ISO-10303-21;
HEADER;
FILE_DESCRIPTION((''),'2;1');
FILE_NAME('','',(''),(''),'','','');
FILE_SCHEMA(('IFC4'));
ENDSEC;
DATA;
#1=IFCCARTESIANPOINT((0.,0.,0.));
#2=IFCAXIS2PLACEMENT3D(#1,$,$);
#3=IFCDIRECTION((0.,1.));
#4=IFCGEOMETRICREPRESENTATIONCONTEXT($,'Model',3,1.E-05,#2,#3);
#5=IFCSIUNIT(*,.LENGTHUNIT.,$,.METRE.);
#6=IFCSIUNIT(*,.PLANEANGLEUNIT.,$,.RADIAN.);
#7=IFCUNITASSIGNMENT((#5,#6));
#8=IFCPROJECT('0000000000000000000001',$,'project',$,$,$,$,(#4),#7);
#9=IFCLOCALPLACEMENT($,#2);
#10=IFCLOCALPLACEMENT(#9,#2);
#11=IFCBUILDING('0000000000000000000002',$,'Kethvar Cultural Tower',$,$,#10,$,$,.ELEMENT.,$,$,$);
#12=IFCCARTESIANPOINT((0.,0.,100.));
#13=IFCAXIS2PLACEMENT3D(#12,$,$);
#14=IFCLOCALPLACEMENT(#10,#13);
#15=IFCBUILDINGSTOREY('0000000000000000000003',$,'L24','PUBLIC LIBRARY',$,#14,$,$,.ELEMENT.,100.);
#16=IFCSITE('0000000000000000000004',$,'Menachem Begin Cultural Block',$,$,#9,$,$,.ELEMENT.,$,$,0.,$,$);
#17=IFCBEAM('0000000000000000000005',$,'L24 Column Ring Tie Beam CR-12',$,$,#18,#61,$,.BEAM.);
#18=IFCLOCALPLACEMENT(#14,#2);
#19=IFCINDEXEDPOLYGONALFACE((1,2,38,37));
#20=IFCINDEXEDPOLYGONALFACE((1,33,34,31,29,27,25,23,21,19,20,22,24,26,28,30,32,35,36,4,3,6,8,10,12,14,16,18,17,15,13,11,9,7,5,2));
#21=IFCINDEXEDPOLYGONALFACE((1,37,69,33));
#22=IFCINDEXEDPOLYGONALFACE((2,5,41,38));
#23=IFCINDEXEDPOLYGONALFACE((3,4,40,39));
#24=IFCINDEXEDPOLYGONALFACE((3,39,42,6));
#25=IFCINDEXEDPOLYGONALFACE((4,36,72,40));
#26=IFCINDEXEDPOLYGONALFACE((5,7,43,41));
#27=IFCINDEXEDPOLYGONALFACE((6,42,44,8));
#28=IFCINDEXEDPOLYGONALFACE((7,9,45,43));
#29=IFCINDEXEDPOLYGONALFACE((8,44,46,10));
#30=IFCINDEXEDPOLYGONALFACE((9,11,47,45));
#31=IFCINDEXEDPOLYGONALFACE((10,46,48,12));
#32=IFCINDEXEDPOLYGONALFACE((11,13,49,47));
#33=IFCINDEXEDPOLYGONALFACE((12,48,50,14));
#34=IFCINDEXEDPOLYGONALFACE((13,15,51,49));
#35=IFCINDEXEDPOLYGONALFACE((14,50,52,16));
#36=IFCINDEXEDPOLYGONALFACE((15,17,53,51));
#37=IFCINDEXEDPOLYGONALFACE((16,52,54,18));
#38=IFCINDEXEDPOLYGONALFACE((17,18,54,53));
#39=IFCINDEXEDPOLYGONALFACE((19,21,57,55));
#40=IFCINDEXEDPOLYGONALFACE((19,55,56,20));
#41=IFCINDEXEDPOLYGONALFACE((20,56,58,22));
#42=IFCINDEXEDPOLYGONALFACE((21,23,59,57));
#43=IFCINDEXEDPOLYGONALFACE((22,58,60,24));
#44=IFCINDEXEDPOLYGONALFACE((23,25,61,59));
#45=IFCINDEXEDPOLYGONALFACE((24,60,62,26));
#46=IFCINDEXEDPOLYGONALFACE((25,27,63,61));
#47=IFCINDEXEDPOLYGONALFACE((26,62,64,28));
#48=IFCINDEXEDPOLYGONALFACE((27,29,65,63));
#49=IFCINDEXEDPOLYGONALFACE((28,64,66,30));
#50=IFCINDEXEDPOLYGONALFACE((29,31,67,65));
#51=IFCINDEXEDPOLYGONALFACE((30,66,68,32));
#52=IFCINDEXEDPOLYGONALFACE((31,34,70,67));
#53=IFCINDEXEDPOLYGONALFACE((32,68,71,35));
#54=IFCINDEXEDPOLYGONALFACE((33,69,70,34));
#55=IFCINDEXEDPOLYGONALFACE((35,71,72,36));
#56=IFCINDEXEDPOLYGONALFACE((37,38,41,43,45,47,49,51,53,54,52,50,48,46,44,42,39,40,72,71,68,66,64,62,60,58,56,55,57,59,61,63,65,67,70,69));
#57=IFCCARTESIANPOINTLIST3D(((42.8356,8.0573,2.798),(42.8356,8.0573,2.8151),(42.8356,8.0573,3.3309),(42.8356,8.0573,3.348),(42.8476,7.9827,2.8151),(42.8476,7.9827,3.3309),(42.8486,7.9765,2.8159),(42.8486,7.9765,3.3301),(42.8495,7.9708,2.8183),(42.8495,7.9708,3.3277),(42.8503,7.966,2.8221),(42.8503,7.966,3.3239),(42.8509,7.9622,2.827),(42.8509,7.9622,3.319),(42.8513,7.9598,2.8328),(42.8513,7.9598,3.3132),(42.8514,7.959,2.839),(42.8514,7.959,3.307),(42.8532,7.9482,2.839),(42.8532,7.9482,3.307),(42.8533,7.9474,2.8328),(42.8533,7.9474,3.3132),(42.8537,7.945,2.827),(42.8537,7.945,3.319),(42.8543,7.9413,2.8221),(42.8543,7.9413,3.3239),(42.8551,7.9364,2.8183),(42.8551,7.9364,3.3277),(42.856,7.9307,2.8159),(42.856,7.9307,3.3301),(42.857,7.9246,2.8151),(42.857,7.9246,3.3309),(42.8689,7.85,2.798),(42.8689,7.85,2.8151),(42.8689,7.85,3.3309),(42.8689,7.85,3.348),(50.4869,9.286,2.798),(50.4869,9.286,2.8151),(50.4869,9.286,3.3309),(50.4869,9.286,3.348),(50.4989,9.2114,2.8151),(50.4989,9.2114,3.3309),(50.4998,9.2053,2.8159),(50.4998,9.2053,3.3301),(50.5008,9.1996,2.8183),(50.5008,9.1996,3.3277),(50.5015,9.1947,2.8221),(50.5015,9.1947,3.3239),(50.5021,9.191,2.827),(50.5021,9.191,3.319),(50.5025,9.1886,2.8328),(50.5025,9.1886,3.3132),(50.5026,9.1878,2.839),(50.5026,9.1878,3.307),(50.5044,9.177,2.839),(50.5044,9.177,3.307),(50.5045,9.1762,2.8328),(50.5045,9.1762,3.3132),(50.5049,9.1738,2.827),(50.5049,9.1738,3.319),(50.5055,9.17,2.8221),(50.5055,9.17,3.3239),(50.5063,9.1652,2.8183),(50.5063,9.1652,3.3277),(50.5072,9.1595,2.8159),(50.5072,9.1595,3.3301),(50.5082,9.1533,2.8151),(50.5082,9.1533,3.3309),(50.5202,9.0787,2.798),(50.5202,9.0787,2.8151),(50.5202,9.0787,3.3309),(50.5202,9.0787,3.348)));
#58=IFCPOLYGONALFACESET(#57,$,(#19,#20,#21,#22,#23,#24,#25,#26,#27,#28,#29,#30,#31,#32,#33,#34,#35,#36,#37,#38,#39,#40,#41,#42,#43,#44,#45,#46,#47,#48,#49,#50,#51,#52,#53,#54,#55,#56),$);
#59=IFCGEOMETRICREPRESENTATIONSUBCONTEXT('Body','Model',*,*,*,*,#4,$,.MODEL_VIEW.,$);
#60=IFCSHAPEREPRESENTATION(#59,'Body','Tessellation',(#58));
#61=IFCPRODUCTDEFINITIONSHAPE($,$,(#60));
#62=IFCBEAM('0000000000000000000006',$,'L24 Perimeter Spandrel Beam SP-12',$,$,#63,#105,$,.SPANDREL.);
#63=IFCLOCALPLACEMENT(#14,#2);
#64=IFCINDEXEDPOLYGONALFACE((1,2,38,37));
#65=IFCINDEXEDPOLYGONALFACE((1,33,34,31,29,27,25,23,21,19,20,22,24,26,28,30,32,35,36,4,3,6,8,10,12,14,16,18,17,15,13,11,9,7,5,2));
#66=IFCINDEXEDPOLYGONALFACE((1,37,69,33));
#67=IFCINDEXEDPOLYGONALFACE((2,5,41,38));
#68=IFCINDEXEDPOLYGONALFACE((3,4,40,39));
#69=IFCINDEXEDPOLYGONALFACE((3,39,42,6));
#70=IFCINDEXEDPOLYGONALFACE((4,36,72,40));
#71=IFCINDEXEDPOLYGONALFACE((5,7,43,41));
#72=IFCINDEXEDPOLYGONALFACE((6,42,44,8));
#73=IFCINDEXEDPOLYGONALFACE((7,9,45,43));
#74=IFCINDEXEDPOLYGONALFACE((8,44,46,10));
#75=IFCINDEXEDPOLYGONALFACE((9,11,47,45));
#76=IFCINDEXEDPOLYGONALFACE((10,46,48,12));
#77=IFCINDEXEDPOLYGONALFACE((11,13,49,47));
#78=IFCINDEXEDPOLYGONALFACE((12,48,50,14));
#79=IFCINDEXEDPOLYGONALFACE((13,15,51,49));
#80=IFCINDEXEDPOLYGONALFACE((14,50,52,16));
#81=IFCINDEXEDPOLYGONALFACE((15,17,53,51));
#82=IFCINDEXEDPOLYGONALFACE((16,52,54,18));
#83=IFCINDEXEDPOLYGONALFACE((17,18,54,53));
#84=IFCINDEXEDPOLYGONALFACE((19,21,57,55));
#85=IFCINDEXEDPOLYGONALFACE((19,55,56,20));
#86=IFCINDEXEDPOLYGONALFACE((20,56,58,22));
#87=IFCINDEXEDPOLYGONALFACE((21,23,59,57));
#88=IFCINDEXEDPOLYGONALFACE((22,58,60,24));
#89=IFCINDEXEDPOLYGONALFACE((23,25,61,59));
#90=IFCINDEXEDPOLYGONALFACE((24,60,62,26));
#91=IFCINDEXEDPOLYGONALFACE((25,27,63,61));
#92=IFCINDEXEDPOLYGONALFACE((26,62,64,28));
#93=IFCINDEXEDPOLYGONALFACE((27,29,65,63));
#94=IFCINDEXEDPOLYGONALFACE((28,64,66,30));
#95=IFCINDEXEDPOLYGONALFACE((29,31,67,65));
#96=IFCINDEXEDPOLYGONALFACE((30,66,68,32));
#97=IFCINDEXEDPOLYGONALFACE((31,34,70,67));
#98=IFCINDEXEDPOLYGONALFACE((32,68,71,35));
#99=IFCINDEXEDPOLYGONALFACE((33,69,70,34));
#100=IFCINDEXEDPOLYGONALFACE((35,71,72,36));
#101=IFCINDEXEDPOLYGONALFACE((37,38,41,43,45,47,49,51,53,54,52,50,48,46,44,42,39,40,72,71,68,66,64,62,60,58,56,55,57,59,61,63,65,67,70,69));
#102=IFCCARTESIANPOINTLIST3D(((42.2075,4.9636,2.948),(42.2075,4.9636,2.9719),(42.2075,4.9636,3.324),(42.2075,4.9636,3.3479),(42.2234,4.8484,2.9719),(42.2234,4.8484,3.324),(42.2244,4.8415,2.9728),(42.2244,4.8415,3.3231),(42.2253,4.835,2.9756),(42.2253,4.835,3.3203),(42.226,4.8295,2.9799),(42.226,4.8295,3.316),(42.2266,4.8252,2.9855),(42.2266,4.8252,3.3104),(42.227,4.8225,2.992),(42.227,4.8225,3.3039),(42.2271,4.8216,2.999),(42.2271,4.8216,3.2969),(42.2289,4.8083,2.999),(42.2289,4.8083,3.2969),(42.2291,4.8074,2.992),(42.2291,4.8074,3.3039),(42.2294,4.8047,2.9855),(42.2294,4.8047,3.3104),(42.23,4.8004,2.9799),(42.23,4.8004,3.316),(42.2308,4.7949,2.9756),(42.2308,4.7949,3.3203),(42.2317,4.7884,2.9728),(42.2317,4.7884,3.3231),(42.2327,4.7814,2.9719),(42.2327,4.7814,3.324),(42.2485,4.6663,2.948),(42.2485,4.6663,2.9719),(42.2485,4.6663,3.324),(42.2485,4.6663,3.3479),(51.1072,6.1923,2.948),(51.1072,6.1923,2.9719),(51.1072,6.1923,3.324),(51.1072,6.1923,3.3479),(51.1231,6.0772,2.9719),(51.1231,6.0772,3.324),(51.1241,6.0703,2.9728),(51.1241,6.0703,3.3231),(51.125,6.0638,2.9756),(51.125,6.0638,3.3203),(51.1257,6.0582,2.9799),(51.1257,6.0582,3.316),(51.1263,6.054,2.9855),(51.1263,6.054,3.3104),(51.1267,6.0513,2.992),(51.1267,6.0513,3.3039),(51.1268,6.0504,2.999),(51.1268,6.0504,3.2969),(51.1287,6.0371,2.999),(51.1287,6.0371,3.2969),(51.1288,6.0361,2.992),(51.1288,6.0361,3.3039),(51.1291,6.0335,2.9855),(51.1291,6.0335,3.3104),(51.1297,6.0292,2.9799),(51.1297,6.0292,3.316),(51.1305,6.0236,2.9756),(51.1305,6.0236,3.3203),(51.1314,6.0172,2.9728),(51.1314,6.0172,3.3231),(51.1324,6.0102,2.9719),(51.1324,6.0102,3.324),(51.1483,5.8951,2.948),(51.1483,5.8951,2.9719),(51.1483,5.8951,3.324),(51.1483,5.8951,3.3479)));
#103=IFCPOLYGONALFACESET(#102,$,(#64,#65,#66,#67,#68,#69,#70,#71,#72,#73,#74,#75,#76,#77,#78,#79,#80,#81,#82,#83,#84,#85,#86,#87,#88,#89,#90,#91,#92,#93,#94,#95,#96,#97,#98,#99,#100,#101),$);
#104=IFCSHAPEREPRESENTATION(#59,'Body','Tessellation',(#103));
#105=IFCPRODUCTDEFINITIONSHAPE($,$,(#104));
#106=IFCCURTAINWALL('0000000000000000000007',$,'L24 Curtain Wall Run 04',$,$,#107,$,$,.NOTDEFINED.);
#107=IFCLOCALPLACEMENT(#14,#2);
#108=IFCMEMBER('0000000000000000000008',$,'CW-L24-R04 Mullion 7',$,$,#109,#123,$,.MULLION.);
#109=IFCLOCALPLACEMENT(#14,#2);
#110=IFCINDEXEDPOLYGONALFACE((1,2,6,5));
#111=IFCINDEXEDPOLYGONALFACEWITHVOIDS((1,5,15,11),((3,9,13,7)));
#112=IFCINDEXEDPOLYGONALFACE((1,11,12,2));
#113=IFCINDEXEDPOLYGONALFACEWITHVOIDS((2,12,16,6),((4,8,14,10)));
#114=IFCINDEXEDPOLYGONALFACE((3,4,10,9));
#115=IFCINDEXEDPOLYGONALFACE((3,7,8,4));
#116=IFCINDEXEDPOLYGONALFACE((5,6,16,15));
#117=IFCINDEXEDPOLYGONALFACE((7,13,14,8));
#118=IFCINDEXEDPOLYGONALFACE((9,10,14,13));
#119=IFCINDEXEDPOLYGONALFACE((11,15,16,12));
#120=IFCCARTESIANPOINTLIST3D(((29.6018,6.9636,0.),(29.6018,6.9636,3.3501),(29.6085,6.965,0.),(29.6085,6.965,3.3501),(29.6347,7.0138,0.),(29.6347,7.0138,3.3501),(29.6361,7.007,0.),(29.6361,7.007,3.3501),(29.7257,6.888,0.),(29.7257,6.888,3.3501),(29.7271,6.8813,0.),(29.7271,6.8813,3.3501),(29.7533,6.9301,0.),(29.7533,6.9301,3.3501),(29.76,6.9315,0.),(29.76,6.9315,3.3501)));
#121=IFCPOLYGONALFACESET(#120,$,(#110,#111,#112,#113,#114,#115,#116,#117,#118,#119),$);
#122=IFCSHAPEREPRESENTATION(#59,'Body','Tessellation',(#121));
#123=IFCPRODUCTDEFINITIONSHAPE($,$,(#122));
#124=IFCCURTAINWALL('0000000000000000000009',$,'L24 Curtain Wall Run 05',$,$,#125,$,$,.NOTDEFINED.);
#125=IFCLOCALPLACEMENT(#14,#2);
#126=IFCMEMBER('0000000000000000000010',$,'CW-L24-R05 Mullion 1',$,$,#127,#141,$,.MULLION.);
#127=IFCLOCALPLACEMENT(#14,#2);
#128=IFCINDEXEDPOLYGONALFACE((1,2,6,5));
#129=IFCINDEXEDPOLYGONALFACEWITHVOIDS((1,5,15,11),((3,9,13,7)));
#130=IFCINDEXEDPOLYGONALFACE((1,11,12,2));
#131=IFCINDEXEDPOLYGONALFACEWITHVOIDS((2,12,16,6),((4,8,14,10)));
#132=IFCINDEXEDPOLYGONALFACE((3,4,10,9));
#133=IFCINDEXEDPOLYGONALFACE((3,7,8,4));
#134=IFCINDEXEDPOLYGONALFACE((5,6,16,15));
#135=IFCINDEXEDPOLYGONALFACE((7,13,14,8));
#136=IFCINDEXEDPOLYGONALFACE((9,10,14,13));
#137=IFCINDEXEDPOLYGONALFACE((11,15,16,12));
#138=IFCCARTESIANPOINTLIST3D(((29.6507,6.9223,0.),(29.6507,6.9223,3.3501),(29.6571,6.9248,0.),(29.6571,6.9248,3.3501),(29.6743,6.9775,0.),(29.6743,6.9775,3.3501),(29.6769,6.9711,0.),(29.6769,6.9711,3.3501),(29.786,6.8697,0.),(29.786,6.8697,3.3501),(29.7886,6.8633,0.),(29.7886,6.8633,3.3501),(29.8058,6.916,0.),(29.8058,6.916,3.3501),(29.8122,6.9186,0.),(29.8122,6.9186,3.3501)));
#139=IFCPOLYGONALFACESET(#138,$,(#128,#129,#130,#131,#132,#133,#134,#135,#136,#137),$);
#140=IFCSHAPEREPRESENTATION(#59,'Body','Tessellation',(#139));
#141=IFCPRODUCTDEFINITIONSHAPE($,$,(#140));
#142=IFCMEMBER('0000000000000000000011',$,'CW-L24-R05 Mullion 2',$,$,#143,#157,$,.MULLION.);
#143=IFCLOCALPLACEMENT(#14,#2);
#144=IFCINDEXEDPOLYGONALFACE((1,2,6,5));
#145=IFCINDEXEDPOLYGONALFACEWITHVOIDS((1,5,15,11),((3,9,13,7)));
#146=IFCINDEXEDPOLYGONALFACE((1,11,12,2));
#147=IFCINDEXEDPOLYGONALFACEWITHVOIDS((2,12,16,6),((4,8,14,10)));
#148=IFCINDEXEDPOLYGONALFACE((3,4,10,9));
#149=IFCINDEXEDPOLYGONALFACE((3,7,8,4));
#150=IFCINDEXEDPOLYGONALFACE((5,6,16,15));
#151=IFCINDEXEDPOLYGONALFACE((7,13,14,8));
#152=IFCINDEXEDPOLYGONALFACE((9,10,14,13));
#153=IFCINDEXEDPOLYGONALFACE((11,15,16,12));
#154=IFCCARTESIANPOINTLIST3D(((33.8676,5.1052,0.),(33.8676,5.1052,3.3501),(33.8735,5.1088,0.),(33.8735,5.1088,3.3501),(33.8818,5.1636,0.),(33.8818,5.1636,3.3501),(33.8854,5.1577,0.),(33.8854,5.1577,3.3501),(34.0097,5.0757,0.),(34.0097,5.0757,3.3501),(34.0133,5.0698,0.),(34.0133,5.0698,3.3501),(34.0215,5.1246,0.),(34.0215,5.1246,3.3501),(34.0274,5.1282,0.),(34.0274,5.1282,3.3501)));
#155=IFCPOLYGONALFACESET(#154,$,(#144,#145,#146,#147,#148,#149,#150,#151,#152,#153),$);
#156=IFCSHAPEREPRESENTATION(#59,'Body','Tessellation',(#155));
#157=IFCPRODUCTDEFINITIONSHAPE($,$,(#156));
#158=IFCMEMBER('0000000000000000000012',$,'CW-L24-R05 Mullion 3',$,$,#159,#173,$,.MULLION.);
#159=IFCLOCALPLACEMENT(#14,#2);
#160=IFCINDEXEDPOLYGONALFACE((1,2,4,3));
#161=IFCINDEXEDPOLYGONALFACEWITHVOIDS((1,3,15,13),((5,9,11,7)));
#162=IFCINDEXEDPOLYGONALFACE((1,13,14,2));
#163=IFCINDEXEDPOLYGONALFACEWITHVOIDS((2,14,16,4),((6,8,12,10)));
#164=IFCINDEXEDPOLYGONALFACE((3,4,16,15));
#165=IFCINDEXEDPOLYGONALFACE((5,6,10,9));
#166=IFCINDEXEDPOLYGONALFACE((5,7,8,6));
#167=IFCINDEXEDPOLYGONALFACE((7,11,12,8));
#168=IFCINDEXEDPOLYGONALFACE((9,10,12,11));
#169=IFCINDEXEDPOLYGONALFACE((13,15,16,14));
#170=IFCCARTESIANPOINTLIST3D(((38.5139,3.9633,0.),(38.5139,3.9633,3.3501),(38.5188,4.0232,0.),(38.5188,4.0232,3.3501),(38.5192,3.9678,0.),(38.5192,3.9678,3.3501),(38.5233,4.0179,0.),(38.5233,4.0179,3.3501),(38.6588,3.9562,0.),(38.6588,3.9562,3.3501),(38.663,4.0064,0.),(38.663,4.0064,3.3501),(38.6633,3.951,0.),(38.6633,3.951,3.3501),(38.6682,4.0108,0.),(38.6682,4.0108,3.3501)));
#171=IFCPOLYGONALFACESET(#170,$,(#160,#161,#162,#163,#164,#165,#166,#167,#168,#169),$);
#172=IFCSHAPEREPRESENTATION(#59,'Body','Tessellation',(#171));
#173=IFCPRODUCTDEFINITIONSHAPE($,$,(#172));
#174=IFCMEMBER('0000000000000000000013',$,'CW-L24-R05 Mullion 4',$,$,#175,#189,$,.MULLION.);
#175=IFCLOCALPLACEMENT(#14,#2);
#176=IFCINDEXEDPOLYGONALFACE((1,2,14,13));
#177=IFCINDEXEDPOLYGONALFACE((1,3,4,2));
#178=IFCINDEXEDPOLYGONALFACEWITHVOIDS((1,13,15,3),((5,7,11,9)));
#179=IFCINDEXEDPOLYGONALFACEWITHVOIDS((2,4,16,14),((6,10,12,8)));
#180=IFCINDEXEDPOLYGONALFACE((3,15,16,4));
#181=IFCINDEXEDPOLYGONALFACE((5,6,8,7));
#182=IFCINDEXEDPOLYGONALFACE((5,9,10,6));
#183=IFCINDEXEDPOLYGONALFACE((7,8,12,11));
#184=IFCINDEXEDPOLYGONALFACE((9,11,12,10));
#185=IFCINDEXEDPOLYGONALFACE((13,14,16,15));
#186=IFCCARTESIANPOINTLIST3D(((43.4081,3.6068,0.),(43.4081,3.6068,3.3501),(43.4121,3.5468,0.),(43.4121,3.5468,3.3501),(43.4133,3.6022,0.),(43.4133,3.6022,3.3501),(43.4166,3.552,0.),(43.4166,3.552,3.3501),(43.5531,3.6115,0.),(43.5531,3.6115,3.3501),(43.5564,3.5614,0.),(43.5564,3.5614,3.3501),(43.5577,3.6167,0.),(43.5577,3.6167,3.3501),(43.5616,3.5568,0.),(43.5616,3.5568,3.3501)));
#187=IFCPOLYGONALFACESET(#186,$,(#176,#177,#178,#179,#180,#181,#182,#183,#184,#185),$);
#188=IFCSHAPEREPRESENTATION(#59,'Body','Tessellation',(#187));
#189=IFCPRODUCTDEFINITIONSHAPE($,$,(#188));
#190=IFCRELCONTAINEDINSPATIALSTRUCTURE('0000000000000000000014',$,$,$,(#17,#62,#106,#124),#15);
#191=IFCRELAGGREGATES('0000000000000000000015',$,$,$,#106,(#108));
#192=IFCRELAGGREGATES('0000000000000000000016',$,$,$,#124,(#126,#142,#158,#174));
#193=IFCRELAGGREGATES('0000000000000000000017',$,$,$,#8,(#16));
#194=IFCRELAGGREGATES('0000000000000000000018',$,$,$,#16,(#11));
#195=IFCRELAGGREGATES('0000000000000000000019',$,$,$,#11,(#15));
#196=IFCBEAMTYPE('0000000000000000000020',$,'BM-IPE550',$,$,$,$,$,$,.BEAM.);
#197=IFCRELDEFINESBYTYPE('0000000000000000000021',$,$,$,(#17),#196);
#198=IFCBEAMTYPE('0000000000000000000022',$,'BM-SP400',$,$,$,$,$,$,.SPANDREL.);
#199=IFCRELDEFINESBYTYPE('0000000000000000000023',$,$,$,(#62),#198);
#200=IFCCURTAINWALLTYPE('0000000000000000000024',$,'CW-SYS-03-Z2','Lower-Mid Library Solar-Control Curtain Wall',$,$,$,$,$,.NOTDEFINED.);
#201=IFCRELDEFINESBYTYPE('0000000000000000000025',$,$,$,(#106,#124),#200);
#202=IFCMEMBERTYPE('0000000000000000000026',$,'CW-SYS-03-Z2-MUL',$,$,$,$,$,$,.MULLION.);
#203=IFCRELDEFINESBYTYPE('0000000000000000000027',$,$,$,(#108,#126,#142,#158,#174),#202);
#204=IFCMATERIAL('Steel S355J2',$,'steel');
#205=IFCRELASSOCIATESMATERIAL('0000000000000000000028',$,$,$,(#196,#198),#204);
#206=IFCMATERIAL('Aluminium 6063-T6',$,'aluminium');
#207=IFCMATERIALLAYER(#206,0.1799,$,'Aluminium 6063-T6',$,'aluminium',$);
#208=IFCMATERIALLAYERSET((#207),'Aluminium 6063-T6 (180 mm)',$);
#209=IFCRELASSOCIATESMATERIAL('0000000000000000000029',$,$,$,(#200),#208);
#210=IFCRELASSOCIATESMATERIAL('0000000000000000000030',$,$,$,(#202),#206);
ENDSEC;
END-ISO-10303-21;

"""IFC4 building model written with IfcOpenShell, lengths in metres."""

from ifc_helpers import new_model, si_unit, direction, frame, origin, origin_2d, place, context, subcontext, project, spatial, hollow_rectangle, i_section, extrude, source, transform, mapped, material, layer, layer_set, material_profile, profile_set, type_object, element, aggregate, save


model = new_model("IFC4")

# Units and contexts
model_context = context("Model", 3, precision=1e-05, world=origin(), true_north=direction((0.0, 1.0)))
body_context = subcontext(model_context, "Body", "Model", "MODEL_VIEW")
ifc_project = project(units=[si_unit("LENGTHUNIT", "METRE"), si_unit("PLANEANGLEUNIT", "RADIAN")], contexts=[model_context])

# Site, building, storey
site_placement = place(None, origin())
site = spatial("IfcSite", under=ifc_project, at=site_placement, Name="Menachem Begin Cultural Block", CompositionType="ELEMENT", RefElevation=0.0)
building_placement = place(site_placement, origin())
building = spatial("IfcBuilding", under=site, at=building_placement, Name="Kethvar Cultural Tower", CompositionType="ELEMENT")
storey_placement = place(building_placement, frame((0.0, 0.0, 100.0)))
storey = spatial("IfcBuildingStorey", under=building, at=storey_placement, Name="L24", Description="PUBLIC LIBRARY", CompositionType="ELEMENT", Elevation=100.0)

# Beams
ifc_material_1 = material(Name="Steel S355J2", Category="steel")
ifc_material_profile_1 = material_profile(ifc_material_1, i_section(OverallWidth=0.21, OverallDepth=0.55, WebThickness=0.011, FlangeThickness=0.0171, FilletRadius=0.0239, at=origin_2d()), Name="Steel S355J2 — IPE550")
ifc_profile_set_1 = profile_set([ifc_material_profile_1], Name="Steel S355J2 — IPE550")
beam_type_1 = type_object("IfcBeamType", Name="BM-IPE550", PredefinedType="BEAM", material=ifc_profile_set_1)
ifc_material_profile_2 = material_profile(ifc_material_1, i_section(OverallWidth=0.3, OverallDepth=0.3999, WebThickness=0.0134, FlangeThickness=0.0239, FilletRadius=0.0271, at=origin_2d()), Name="Steel S355J2 — HEB400")
ifc_profile_set_2 = profile_set([ifc_material_profile_2], Name="Steel S355J2 — HEB400")
beam_type_2 = type_object("IfcBeamType", Name="BM-SP400", PredefinedType="SPANDREL", material=ifc_profile_set_2)
shared_shape_1 = source(origin(), body_context, "Body", "SweptSolid", [
    extrude(i_section(OverallWidth=0.21, OverallDepth=0.55, WebThickness=0.011, FlangeThickness=0.0171, FilletRadius=0.0239, at=origin_2d()), origin(), (0.0, 0.0, 1.0), 7.7493),
])
beam_1_placement = place(storey_placement, frame((42.8523, 7.9536, 3.073), z_axis=(0.987348, 0.158567, 0.0), x_axis=(-0.158567, 0.987348, 0.0)))
element("IfcBeam", 1, at=beam_1_placement, inside=storey, type_object=beam_type_1, Name="L24 Column Ring Tie Beam CR-12", PredefinedType="BEAM", context=body_context, shape_type="MappedRepresentation", body=[
    mapped(shared_shape_1, transform((0.0, 0.0, 0.0), scale=1.0)),
])
shared_shape_2 = source(origin(), body_context, "Body", "SweptSolid", [
    extrude(i_section(OverallWidth=0.3, OverallDepth=0.3999, WebThickness=0.0134, FlangeThickness=0.0239, FilletRadius=0.0271, at=origin_2d()), origin(), (0.0, 0.0, 1.0), 8.9841),
])
beam_2_placement = place(storey_placement, frame((42.228, 4.8149, 3.1479), z_axis=(0.990603, 0.136771, 0.0), x_axis=(-0.136771, 0.990603, 0.0)))
element("IfcBeam", 2, at=beam_2_placement, inside=storey, type_object=beam_type_2, Name="L24 Perimeter Spandrel Beam SP-12", PredefinedType="SPANDREL", context=body_context, shape_type="MappedRepresentation", body=[
    mapped(shared_shape_2, transform((0.0, 0.0, 0.0), scale=1.0)),
])

# Curtain wall, member
ifc_material_2 = material(Name="Aluminium 6063-T6", Category="aluminium")
ifc_layer_1 = layer(ifc_material_2, 0.1799, Name="Aluminium 6063-T6", Category="aluminium")
ifc_layer_set_1 = layer_set([ifc_layer_1], Name="Aluminium 6063-T6 (180 mm)")
curtain_wall_type = type_object("IfcCurtainWallType", Name="CW-SYS-03-Z2", Description="Lower-Mid Library Solar-Control Curtain Wall", PredefinedType="NOTDEFINED", material=ifc_layer_set_1)
curtain_wall_1_placement = place(storey_placement, origin())
curtain_wall_1 = element("IfcCurtainWall", 3, at=curtain_wall_1_placement, inside=storey, type_object=curtain_wall_type, Name="L24 Curtain Wall Run 04", PredefinedType="NOTDEFINED")
ifc_material_profile_3 = material_profile(ifc_material_2, hollow_rectangle(XDim=0.0601, YDim=0.1499, WallThickness=0.0049, at=origin_2d()), Name="Aluminium 6063-T6 — RHS150x60x5")
ifc_profile_set_3 = profile_set([ifc_material_profile_3], Name="Aluminium 6063-T6 — RHS150x60x5")
member_type_1 = type_object("IfcMemberType", Name="CW-SYS-03-Z2-MUL", PredefinedType="MULLION", material=ifc_profile_set_3)
shared_shape_3 = source(origin(), body_context, "Body", "SweptSolid", [
    extrude(hollow_rectangle(XDim=0.0601, YDim=0.1499, WallThickness=0.0049, at=origin_2d()), origin(), (0.0, 0.0, 1.0), 3.3501),
])
member_1_placement = place(storey_placement, frame((29.6809, 6.9475, 0.0), z_axis=(0.0, 0.0, 1.0), x_axis=(0.548994, 0.835827, 0.0)))
member_1 = element("IfcMember", 4, at=member_1_placement, type_object=member_type_1, Name="CW-L24-R04 Mullion 7", PredefinedType="MULLION", context=body_context, shape_type="MappedRepresentation", body=[
    mapped(shared_shape_3, transform((0.0, 0.0, 0.0), scale=1.0)),
])

# Curtain wall, members
curtain_wall_2_placement = place(storey_placement, origin())
curtain_wall_2 = element("IfcCurtainWall", 5, at=curtain_wall_2_placement, inside=storey, type_object=curtain_wall_type, Name="L24 Curtain Wall Run 05", PredefinedType="NOTDEFINED")
member_2_placement = place(storey_placement, frame((29.7314, 6.9204, 0.0), z_axis=(0.0, 0.0, 1.0), x_axis=(0.393043, 0.91952, 0.0)))
member_2 = element("IfcMember", 6, at=member_2_placement, type_object=member_type_1, Name="CW-L24-R05 Mullion 1", PredefinedType="MULLION", context=body_context, shape_type="MappedRepresentation", body=[
    mapped(shared_shape_3, transform((0.0, 0.0, 0.0), scale=1.0)),
])
member_3_placement = place(storey_placement, frame((33.9475, 5.1167, 0.0), z_axis=(0.0, 0.0, 1.0), x_axis=(0.236092, 0.971731, 0.0)))
member_3 = element("IfcMember", 7, at=member_3_placement, type_object=member_type_1, Name="CW-L24-R05 Mullion 2", PredefinedType="MULLION", context=body_context, shape_type="MappedRepresentation", body=[
    mapped(shared_shape_3, transform((0.0, 0.0, 0.0), scale=1.0)),
])
member_4_placement = place(storey_placement, frame((38.5911, 3.9871, 0.0), z_axis=(0.0, 0.0, 1.0), x_axis=(0.082286, 0.996609, 0.0)))
member_4 = element("IfcMember", 8, at=member_4_placement, type_object=member_type_1, Name="CW-L24-R05 Mullion 3", PredefinedType="MULLION", context=body_context, shape_type="MappedRepresentation", body=[
    mapped(shared_shape_3, transform((0.0, 0.0, 0.0), scale=1.0)),
])
member_5_placement = place(storey_placement, frame((43.4849, 3.5818, 0.0), z_axis=(0.0, 0.0, 1.0), x_axis=(-0.066465, 0.997789, 0.0)))
member_5 = element("IfcMember", 9, at=member_5_placement, type_object=member_type_1, Name="CW-L24-R05 Mullion 4", PredefinedType="MULLION", context=body_context, shape_type="MappedRepresentation", body=[
    mapped(shared_shape_3, transform((0.0, 0.0, 0.0), scale=1.0)),
])

aggregate(curtain_wall_1, [member_1])
aggregate(curtain_wall_2, [member_2, member_3, member_4, member_5])

save(model, "model.ifc")
